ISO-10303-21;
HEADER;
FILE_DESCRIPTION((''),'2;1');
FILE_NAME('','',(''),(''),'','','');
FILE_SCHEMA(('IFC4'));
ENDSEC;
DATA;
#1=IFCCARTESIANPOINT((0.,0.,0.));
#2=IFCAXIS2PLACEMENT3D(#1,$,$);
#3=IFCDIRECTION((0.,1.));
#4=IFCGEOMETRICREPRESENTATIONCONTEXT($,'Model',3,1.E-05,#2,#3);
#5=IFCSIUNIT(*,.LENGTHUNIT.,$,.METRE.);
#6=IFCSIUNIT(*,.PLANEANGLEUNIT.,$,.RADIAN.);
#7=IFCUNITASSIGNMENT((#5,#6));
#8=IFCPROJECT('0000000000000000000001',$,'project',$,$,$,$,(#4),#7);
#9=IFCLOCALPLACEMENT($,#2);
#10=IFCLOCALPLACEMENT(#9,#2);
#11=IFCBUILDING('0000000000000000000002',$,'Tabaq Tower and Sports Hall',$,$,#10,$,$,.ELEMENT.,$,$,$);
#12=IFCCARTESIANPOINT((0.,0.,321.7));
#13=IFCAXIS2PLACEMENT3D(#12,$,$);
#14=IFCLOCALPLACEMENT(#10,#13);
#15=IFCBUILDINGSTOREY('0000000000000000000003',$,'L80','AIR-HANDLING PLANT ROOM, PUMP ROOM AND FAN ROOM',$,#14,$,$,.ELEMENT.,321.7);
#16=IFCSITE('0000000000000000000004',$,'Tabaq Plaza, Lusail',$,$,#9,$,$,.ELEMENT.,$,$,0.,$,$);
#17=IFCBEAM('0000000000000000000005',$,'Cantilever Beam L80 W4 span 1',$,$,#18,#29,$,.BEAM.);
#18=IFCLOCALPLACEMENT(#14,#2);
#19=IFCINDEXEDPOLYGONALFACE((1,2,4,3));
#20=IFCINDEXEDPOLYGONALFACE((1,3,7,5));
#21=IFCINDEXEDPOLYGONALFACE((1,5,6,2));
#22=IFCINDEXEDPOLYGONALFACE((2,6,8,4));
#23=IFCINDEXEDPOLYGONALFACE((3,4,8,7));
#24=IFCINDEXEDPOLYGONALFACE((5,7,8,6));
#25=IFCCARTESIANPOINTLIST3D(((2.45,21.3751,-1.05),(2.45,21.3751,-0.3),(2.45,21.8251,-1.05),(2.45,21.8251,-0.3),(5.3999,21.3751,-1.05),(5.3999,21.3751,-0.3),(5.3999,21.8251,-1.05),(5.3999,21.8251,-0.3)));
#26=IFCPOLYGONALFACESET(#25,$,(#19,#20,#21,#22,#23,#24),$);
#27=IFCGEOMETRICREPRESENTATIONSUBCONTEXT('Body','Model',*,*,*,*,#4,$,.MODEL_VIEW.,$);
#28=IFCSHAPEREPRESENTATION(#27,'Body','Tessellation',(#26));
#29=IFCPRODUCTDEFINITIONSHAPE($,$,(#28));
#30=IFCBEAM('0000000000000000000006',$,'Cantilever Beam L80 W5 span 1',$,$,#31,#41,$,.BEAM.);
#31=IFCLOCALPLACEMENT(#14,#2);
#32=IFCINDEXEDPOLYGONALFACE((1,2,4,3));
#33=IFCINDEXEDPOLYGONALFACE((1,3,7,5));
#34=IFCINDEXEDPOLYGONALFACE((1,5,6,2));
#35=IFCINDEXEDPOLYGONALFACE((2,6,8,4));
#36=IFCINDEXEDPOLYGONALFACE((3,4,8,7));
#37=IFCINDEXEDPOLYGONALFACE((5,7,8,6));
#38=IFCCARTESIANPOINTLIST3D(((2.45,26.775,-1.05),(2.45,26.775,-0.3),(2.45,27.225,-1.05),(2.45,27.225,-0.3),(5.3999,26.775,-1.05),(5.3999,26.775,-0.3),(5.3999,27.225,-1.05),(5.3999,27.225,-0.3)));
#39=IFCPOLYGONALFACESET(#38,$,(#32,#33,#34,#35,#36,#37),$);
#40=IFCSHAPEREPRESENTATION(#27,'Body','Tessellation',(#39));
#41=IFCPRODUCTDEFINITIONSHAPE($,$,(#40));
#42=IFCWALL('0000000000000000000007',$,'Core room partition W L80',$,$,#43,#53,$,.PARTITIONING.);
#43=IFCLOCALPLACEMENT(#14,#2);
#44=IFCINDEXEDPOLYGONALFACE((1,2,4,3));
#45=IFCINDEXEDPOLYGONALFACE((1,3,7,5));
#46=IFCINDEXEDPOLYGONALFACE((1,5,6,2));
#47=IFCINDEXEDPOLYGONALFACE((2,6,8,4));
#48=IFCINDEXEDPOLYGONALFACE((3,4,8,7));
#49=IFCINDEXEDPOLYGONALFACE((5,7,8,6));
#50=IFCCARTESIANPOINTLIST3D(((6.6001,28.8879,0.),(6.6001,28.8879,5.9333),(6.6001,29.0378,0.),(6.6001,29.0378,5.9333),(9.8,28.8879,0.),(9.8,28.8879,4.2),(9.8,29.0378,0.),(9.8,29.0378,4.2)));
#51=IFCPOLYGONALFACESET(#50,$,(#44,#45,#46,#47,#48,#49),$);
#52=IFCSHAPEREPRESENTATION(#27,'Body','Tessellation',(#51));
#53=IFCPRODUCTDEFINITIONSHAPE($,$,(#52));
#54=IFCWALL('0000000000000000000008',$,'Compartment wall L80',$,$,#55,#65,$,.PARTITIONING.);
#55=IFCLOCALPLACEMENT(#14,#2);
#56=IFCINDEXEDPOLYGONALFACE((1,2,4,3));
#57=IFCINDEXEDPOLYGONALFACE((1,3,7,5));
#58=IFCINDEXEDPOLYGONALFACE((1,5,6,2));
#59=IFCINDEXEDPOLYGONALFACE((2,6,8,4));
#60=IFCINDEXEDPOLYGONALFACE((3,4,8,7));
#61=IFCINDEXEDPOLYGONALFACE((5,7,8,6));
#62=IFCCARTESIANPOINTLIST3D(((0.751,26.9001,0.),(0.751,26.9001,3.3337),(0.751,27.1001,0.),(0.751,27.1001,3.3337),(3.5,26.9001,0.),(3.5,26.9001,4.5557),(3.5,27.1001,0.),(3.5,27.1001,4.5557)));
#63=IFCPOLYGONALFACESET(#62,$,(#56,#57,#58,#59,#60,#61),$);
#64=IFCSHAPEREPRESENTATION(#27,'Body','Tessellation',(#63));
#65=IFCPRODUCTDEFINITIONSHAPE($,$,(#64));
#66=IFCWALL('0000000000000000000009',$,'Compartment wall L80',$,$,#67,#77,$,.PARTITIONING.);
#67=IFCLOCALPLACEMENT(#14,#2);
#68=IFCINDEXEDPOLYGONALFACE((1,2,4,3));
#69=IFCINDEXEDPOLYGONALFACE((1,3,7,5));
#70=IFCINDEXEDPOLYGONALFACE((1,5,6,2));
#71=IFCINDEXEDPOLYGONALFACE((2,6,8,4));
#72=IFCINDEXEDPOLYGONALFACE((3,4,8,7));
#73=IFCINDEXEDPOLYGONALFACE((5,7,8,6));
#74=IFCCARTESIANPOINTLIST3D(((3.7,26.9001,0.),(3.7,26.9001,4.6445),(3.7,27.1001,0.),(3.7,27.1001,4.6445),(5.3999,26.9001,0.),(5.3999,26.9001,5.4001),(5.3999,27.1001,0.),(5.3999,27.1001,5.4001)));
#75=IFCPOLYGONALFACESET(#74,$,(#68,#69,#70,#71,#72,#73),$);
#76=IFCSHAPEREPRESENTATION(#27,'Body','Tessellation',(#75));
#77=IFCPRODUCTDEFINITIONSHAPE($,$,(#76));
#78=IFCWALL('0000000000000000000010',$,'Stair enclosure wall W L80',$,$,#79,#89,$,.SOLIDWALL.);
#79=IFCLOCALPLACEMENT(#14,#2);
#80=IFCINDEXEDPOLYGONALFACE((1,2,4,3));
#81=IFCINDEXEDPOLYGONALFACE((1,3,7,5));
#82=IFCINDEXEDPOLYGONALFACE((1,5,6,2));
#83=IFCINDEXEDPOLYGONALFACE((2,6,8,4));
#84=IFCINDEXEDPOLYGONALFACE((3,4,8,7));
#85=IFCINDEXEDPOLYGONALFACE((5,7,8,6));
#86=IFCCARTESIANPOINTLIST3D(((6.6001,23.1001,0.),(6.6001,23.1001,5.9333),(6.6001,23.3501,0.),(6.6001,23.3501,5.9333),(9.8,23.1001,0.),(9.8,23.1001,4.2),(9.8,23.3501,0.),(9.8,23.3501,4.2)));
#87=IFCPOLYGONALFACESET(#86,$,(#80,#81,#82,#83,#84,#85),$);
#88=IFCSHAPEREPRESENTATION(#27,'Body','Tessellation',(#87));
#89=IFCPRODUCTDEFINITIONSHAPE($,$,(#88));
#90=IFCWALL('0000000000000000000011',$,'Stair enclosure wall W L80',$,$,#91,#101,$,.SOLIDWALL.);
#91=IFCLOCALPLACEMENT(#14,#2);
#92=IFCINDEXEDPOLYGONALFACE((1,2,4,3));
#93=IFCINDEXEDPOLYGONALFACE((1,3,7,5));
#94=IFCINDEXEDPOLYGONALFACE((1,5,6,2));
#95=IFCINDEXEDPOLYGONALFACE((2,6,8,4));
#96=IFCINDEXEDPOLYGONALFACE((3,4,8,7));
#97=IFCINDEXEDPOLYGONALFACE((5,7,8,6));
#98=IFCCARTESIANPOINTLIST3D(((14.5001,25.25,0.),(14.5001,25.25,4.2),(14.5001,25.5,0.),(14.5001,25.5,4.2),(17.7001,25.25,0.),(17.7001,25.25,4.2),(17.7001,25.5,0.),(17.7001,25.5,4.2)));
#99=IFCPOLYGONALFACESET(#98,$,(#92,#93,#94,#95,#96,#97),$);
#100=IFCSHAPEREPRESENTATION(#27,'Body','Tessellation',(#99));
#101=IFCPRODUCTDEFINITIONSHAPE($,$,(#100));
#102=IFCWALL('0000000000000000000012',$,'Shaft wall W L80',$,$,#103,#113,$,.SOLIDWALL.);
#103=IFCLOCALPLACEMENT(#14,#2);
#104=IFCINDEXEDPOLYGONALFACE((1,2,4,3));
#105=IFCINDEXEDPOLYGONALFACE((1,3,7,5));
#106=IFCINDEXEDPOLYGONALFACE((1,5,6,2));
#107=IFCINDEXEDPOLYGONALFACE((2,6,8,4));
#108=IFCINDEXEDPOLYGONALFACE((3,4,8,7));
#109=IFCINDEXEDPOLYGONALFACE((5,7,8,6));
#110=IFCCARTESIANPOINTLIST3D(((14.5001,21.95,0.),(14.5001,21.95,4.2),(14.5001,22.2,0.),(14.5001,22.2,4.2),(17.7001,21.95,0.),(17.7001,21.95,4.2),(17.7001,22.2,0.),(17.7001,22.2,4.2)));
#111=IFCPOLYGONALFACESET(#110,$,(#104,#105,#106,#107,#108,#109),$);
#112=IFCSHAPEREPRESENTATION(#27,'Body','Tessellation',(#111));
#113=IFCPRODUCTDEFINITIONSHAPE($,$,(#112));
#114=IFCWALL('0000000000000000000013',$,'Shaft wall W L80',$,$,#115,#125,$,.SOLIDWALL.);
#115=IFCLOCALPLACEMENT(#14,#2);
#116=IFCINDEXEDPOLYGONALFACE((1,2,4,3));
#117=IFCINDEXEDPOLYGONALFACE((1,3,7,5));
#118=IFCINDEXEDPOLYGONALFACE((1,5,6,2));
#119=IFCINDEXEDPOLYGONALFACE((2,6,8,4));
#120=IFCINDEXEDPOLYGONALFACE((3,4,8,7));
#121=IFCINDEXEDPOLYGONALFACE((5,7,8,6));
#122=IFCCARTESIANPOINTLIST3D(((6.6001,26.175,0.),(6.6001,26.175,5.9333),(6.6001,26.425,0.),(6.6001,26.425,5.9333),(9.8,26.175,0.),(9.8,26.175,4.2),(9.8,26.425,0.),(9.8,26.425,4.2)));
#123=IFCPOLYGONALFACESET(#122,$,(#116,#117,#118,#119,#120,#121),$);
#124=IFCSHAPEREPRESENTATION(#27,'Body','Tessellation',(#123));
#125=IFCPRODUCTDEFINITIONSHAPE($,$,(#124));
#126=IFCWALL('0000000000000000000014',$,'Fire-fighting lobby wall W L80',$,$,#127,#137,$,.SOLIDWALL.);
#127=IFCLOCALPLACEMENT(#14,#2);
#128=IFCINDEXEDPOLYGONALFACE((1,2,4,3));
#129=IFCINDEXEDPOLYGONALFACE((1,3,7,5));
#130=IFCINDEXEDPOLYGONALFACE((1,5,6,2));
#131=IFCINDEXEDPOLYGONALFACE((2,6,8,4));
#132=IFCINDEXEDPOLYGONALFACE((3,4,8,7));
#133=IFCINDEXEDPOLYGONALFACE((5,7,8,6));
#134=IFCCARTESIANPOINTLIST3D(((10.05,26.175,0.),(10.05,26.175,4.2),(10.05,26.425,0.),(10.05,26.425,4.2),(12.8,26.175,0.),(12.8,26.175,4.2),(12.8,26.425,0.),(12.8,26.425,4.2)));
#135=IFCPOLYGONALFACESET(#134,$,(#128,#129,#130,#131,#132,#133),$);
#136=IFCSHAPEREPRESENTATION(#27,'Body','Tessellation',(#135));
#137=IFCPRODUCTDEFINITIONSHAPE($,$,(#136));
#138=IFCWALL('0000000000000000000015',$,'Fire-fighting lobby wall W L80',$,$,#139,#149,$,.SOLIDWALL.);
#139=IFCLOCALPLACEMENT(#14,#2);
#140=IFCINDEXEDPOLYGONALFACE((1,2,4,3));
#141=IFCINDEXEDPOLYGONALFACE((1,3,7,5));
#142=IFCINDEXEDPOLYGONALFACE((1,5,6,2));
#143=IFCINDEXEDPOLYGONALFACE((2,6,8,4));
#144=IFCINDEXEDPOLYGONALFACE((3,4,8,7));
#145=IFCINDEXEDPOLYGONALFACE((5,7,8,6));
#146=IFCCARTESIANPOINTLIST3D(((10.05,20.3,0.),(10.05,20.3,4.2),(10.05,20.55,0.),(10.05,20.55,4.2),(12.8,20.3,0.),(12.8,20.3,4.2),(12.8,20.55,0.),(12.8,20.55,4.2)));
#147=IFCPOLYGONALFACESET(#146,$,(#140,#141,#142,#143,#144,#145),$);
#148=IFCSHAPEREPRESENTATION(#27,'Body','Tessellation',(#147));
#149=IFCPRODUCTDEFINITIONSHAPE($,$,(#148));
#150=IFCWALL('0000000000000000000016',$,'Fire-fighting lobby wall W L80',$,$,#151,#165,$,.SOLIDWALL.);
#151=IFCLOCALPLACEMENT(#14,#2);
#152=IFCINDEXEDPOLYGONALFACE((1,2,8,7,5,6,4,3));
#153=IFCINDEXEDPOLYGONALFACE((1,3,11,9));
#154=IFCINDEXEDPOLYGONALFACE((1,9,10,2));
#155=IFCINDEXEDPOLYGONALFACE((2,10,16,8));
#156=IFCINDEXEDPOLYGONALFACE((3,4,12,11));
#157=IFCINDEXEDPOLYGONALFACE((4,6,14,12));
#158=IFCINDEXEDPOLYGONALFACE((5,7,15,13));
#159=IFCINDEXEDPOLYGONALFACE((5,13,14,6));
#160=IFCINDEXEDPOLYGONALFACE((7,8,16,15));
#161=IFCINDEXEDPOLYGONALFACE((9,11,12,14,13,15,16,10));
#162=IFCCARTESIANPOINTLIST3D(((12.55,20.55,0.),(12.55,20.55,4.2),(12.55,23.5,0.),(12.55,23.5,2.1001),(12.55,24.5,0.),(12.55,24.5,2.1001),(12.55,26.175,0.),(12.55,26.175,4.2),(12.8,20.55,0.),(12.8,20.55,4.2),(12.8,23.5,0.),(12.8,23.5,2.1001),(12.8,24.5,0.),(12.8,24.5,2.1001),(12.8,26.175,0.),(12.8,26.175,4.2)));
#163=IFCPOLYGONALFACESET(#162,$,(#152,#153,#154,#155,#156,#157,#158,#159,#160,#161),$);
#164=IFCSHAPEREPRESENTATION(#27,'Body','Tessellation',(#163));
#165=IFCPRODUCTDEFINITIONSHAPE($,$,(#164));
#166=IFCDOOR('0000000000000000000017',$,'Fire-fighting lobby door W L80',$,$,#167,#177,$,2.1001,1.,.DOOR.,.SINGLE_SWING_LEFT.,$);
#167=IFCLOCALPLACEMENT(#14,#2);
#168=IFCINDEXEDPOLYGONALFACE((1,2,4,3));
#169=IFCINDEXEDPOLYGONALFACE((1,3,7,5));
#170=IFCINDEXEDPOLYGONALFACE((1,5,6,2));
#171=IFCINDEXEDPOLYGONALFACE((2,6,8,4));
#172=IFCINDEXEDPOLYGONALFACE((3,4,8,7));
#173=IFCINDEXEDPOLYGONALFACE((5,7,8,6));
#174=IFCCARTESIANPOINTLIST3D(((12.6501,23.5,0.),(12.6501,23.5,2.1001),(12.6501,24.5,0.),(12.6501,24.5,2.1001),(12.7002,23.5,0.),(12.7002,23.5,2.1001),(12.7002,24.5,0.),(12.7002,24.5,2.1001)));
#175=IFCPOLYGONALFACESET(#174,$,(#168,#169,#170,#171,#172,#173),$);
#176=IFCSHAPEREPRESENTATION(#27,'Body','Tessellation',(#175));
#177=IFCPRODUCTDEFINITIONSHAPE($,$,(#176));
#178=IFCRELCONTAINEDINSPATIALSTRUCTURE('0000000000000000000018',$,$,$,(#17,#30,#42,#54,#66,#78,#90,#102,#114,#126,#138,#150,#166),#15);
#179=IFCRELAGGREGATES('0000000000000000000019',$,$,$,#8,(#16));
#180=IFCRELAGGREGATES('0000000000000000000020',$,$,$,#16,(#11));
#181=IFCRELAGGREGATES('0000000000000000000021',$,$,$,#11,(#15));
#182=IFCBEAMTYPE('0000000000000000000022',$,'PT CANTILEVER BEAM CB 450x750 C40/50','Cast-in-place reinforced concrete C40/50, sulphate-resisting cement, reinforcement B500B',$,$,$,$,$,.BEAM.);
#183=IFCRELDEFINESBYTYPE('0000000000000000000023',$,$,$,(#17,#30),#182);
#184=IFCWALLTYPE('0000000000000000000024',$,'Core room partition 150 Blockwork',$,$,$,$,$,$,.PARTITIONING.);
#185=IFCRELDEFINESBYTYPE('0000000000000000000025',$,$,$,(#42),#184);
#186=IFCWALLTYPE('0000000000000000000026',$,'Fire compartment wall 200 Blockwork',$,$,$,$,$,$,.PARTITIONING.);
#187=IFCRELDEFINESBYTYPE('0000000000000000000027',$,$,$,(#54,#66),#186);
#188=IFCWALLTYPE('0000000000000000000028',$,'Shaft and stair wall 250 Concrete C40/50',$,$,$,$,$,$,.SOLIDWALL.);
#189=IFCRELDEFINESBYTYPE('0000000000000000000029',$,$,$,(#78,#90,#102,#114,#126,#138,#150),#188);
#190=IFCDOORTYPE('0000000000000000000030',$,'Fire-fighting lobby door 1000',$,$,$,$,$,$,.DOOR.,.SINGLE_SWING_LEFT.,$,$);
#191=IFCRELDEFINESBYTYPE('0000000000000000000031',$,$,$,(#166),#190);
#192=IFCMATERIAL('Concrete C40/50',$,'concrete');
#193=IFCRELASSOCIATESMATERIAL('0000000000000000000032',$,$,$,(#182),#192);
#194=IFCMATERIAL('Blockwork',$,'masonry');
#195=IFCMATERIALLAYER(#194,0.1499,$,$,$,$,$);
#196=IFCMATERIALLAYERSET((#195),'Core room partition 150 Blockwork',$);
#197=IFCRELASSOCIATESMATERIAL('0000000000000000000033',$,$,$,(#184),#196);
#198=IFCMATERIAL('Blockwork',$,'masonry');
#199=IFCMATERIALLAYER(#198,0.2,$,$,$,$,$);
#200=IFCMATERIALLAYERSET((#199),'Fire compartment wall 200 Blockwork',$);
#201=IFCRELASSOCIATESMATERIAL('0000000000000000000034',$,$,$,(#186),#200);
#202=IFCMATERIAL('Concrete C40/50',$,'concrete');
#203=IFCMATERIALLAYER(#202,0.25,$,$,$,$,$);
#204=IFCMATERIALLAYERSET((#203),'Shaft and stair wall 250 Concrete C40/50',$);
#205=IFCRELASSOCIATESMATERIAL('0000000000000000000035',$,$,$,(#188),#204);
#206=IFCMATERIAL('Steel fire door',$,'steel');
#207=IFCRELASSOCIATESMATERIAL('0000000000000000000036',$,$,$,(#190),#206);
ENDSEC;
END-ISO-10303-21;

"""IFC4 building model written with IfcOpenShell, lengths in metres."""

from ifc_helpers import new_model, si_unit, direction, frame, frame_2d, origin, origin_2d, place, context, subcontext, project, spatial, polyline, rectangle, outline, extrude, material, layer, layer_set, material_profile, profile_set, type_object, element, fill, save


model = new_model("IFC4")

# Units and contexts
model_context = context("Model", 3, precision=1e-05, world=origin(), true_north=direction((0.0, 1.0)))
body_context = subcontext(model_context, "Body", "Model", "MODEL_VIEW")
ifc_project = project(units=[si_unit("LENGTHUNIT", "METRE"), si_unit("PLANEANGLEUNIT", "RADIAN")], contexts=[model_context])

# Site, building, storey
site_placement = place(None, origin())
site = spatial("IfcSite", under=ifc_project, at=site_placement, Name="Tabaq Plaza, Lusail", CompositionType="ELEMENT", RefElevation=0.0)
building_placement = place(site_placement, origin())
building = spatial("IfcBuilding", under=site, at=building_placement, Name="Tabaq Tower and Sports Hall", CompositionType="ELEMENT")
storey_placement = place(building_placement, frame((0.0, 0.0, 321.7)))
storey = spatial("IfcBuildingStorey", under=building, at=storey_placement, Name="L80", Description="AIR-HANDLING PLANT ROOM, PUMP ROOM AND FAN ROOM", CompositionType="ELEMENT", Elevation=321.7)

# Beams
ifc_material_1 = material(Name="Concrete C40/50", Category="concrete")
ifc_material_profile = material_profile(ifc_material_1, rectangle(XDim=0.45, YDim=0.75, at=origin_2d()), Name="CB 450x750")
ifc_profile_set = profile_set([ifc_material_profile], Name="Concrete C40/50")
beam_type = type_object("IfcBeamType", Name="PT CANTILEVER BEAM CB 450x750 C40/50", Description="Cast-in-place reinforced concrete C40/50, sulphate-resisting cement, reinforcement B500B", PredefinedType="BEAM", material=ifc_profile_set)
for number, where, z_axis, x_axis, name in (
    (1, (2.45, 21.6001, -0.675), (1.0, 0.0, 0.0), (0.0, 1.0, 0.0), "Cantilever Beam L80 W4 span 1"),
    (2, (2.45, 27.0, -0.675), (1.0, 0.0, 0.0), (0.0, 1.0, 0.0), "Cantilever Beam L80 W5 span 1"),
):
    element("IfcBeam", number, at=place(storey_placement, frame(where, z_axis=z_axis, x_axis=x_axis)), inside=storey, type_object=beam_type, Name=name, PredefinedType="BEAM", context=body_context, shape_type="SweptSolid", body=[
        extrude(rectangle(XDim=0.45, YDim=0.75, at=origin_2d()), origin(), (0.0, 0.0, 1.0), 2.95),
    ])

# Walls
ifc_material_2 = material(Name="Blockwork", Category="masonry")
ifc_layer_1 = layer(ifc_material_2, 0.1499)
ifc_layer_set_1 = layer_set([ifc_layer_1], Name="Core room partition 150 Blockwork")
wall_type_1 = type_object("IfcWallType", Name="Core room partition 150 Blockwork", PredefinedType="PARTITIONING", material=ifc_layer_set_1)
wall_1_placement = place(storey_placement, frame((6.6001, 28.9629, 0.0), z_axis=(0.0, 0.0, 1.0), x_axis=(1.0, 0.0, 0.0)))
element("IfcWall", 3, at=wall_1_placement, inside=storey, type_object=wall_type_1, Name="Core room partition W L80", PredefinedType="PARTITIONING", context=body_context, shape_type="SweptSolid", body=[
    extrude(outline(polyline([(0.0, 0.0), (3.2, 0.0), (3.2, 4.2), (0.0, 5.9333), (0.0, 0.0)])), frame((0.0, 0.075, 0.0), z_axis=(0.0, -1.0, 0.0), x_axis=(1.0, 0.0, 0.0)), (0.0, 0.0, 1.0), 0.1499),
])
ifc_material_3 = material(Name="Blockwork", Category="masonry")
ifc_layer_2 = layer(ifc_material_3, 0.2)
ifc_layer_set_2 = layer_set([ifc_layer_2], Name="Fire compartment wall 200 Blockwork")
wall_type_2 = type_object("IfcWallType", Name="Fire compartment wall 200 Blockwork", PredefinedType="PARTITIONING", material=ifc_layer_set_2)
wall_2_placement = place(storey_placement, frame((0.751, 27.0, 0.0), z_axis=(0.0, 0.0, 1.0), x_axis=(1.0, 0.0, 0.0)))
element("IfcWall", 4, at=wall_2_placement, inside=storey, type_object=wall_type_2, Name="Compartment wall L80", PredefinedType="PARTITIONING", context=body_context, shape_type="SweptSolid", body=[
    extrude(outline(polyline([(0.0, 0.0), (2.749, 0.0), (2.749, 4.5557), (0.0, 3.3337), (0.0, 0.0)])), frame((0.0, 0.1001, 0.0), z_axis=(0.0, -1.0, 0.0), x_axis=(1.0, 0.0, 0.0)), (0.0, 0.0, 1.0), 0.2),
])
wall_3_placement = place(storey_placement, frame((3.7, 27.0, 0.0), z_axis=(0.0, 0.0, 1.0), x_axis=(1.0, 0.0, 0.0)))
element("IfcWall", 5, at=wall_3_placement, inside=storey, type_object=wall_type_2, Name="Compartment wall L80", PredefinedType="PARTITIONING", context=body_context, shape_type="SweptSolid", body=[
    extrude(outline(polyline([(0.0, 0.0), (1.7, 0.0), (1.7, 5.4001), (0.0, 4.6445), (0.0, 0.0)])), frame((0.0, 0.1001, 0.0), z_axis=(0.0, -1.0, 0.0), x_axis=(1.0, 0.0, 0.0)), (0.0, 0.0, 1.0), 0.2),
])
ifc_material_4 = material(Name="Concrete C40/50", Category="concrete")
ifc_layer_3 = layer(ifc_material_4, 0.25)
ifc_layer_set_3 = layer_set([ifc_layer_3], Name="Shaft and stair wall 250 Concrete C40/50")
wall_type_3 = type_object("IfcWallType", Name="Shaft and stair wall 250 Concrete C40/50", PredefinedType="SOLIDWALL", material=ifc_layer_set_3)
wall_4_placement = place(storey_placement, frame((6.6001, 23.2251, 0.0), z_axis=(0.0, 0.0, 1.0), x_axis=(1.0, 0.0, 0.0)))
element("IfcWall", 6, at=wall_4_placement, inside=storey, type_object=wall_type_3, Name="Stair enclosure wall W L80", PredefinedType="SOLIDWALL", context=body_context, shape_type="SweptSolid", body=[
    extrude(outline(polyline([(0.0, 0.0), (3.2, 0.0), (3.2, 4.2), (0.0, 5.9333), (0.0, 0.0)])), frame((0.0, 0.125, 0.0), z_axis=(0.0, -1.0, 0.0), x_axis=(1.0, 0.0, 0.0)), (0.0, 0.0, 1.0), 0.25),
])
for number, where, z_axis, x_axis, name in (
    (7, (14.5, 25.375, 0.0), (0.0, 0.0, 1.0), (1.0, 0.0, 0.0), "Stair enclosure wall W L80"),
    (8, (14.5, 22.075, 0.0), (0.0, 0.0, 1.0), (1.0, 0.0, 0.0), "Shaft wall W L80"),
):
    element("IfcWall", number, at=place(storey_placement, frame(where, z_axis=z_axis, x_axis=x_axis)), inside=storey, type_object=wall_type_3, Name=name, PredefinedType="SOLIDWALL", context=body_context, shape_type="SweptSolid", body=[
        extrude(rectangle(XDim=3.2, YDim=0.25, at=frame_2d((1.6001, 0.0))), origin(), (0.0, 0.0, 1.0), 4.2),
    ])
wall_5_placement = place(storey_placement, frame((6.6001, 26.3, 0.0), z_axis=(0.0, 0.0, 1.0), x_axis=(1.0, 0.0, 0.0)))
element("IfcWall", 9, at=wall_5_placement, inside=storey, type_object=wall_type_3, Name="Shaft wall W L80", PredefinedType="SOLIDWALL", context=body_context, shape_type="SweptSolid", body=[
    extrude(outline(polyline([(0.0, 0.0), (3.2, 0.0), (3.2, 4.2), (0.0, 5.9333), (0.0, 0.0)])), frame((0.0, 0.125, 0.0), z_axis=(0.0, -1.0, 0.0), x_axis=(1.0, 0.0, 0.0)), (0.0, 0.0, 1.0), 0.25),
])
for number, where, z_axis, x_axis, name in (
    (10, (10.05, 26.3, 0.0), (0.0, 0.0, 1.0), (1.0, 0.0, 0.0), "Fire-fighting lobby wall W L80"),
    (11, (10.05, 20.425, 0.0), (0.0, 0.0, 1.0), (1.0, 0.0, 0.0), "Fire-fighting lobby wall W L80"),
):
    element("IfcWall", number, at=place(storey_placement, frame(where, z_axis=z_axis, x_axis=x_axis)), inside=storey, type_object=wall_type_3, Name=name, PredefinedType="SOLIDWALL", context=body_context, shape_type="SweptSolid", body=[
        extrude(rectangle(XDim=2.75, YDim=0.25, at=frame_2d((1.375, 0.0))), origin(), (0.0, 0.0, 1.0), 4.2),
    ])

# Wall, opening, door
wall_6_placement = place(storey_placement, frame((12.675, 20.55, 0.0), z_axis=(0.0, 0.0, 1.0), x_axis=(0.0, 1.0, 0.0)))
wall_6 = element("IfcWall", 12, at=wall_6_placement, inside=storey, type_object=wall_type_3, Name="Fire-fighting lobby wall W L80", PredefinedType="SOLIDWALL", context=body_context, shape_type="SweptSolid", body=[
    extrude(rectangle(XDim=5.625, YDim=0.25, at=frame_2d((2.8125, 0.0))), origin(), (0.0, 0.0, 1.0), 4.2),
])
opening_placement = place(wall_6_placement, frame((2.95, 0.0, 0.0)))
opening = element("IfcOpeningElement", 13, at=opening_placement, cuts=wall_6, PredefinedType="OPENING", context=body_context, shape_type="SweptSolid", body=[
    extrude(rectangle(XDim=1.0, YDim=2.1001, at=frame_2d((0.5, 1.05))), frame((0.0, 0.125, 0.0), z_axis=(0.0, -1.0, 0.0), x_axis=(1.0, 0.0, 0.0)), (0.0, 0.0, 1.0), 0.25),
])
ifc_material_5 = material(Name="Steel fire door", Category="steel")
door_type = type_object("IfcDoorType", Name="Fire-fighting lobby door 1000", OperationType="SINGLE_SWING_LEFT", PredefinedType="DOOR", material=ifc_material_5)
door_placement = place(opening_placement, origin())
door = element("IfcDoor", 14, at=door_placement, inside=storey, type_object=door_type, Name="Fire-fighting lobby door W L80", OperationType="SINGLE_SWING_LEFT", OverallHeight=2.1001, OverallWidth=1.0, PredefinedType="DOOR", context=body_context, shape_type="SweptSolid", body=[
    extrude(rectangle(XDim=1.0, YDim=2.1001, at=frame_2d((0.5, 1.05))), frame((0.0, 0.0249, 0.0), z_axis=(0.0, -1.0, 0.0), x_axis=(1.0, 0.0, 0.0)), (0.0, 0.0, 1.0), 0.05),
])
fill(opening, door)

save(model, "model.ifc")
